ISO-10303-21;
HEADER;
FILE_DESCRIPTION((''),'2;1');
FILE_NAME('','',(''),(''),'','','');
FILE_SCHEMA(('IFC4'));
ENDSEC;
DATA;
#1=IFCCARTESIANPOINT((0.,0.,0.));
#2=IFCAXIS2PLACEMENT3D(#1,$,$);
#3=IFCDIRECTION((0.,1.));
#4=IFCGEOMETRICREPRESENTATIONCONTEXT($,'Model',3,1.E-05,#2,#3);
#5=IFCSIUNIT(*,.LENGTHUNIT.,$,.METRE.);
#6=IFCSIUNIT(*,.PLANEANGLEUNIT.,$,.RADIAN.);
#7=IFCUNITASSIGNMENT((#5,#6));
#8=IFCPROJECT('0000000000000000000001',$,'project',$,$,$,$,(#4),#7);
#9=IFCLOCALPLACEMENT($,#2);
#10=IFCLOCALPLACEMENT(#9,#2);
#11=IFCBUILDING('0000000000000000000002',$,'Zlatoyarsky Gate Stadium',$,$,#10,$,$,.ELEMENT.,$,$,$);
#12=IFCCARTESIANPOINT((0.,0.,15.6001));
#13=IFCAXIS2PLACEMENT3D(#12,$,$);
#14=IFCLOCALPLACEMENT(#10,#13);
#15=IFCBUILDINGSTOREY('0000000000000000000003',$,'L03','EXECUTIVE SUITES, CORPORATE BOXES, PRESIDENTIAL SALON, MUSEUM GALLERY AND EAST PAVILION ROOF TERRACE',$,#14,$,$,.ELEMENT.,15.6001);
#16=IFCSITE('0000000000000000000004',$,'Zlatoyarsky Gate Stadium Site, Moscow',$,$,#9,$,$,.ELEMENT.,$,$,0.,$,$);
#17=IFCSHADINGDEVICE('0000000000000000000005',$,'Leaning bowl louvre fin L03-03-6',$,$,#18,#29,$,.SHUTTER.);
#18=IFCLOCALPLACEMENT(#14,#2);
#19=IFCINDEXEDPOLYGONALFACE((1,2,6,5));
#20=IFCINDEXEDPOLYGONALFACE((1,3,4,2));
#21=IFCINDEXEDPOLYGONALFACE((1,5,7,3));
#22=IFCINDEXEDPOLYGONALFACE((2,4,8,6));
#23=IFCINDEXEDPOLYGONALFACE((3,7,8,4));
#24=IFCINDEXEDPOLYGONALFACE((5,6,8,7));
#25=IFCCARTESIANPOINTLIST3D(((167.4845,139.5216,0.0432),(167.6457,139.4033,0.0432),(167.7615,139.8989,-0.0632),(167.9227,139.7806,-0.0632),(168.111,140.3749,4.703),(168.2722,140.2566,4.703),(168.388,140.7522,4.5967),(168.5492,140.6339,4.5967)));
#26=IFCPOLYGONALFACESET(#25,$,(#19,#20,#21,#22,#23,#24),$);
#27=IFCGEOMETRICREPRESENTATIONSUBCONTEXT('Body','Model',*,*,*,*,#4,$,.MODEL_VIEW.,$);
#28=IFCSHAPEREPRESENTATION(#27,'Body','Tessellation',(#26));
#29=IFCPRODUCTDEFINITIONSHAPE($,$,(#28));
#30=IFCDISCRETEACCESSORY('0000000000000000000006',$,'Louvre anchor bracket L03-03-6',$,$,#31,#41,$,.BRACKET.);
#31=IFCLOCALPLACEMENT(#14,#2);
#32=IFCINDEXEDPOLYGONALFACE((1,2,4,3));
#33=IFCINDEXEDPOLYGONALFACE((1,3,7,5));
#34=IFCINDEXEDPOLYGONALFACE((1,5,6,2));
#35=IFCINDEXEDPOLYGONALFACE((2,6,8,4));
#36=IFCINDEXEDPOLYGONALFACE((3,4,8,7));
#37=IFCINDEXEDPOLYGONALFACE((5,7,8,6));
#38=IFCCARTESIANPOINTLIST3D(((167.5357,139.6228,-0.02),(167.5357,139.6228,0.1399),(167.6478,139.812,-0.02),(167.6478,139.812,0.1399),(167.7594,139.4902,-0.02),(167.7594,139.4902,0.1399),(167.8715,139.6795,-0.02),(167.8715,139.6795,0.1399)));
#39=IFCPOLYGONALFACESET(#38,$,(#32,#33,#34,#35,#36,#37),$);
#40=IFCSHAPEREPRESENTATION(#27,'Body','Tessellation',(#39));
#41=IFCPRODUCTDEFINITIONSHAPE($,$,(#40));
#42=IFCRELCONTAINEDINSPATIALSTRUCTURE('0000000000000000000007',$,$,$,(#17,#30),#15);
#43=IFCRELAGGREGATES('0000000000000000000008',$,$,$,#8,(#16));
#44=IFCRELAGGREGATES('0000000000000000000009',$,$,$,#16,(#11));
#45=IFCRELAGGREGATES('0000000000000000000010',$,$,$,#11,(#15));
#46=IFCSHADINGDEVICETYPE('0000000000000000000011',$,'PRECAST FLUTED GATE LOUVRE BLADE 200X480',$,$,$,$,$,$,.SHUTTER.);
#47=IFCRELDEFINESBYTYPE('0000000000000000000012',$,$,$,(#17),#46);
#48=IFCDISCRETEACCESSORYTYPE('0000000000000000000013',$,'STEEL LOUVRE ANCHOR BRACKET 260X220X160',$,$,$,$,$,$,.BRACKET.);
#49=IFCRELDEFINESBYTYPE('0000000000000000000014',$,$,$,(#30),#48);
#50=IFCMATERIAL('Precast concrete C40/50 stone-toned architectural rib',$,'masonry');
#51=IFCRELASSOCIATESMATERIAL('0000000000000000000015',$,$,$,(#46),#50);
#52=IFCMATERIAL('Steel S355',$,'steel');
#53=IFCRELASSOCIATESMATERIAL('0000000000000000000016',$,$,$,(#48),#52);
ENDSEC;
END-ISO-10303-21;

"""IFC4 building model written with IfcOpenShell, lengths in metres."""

from ifc_helpers import new_model, si_unit, direction, frame, origin, origin_2d, place, context, subcontext, project, spatial, rectangle, extrude, material, material_profile, profile_set, type_object, element, save


model = new_model("IFC4")

# Units and contexts
model_context = context("Model", 3, precision=1e-05, world=origin(), true_north=direction((0.0, 1.0)))
body_context = subcontext(model_context, "Body", "Model", "MODEL_VIEW")
ifc_project = project(units=[si_unit("LENGTHUNIT", "METRE"), si_unit("PLANEANGLEUNIT", "RADIAN")], contexts=[model_context])

# Site, building, storey
site_placement = place(None, origin())
site = spatial("IfcSite", under=ifc_project, at=site_placement, Name="Zlatoyarsky Gate Stadium Site, Moscow", CompositionType="ELEMENT", RefElevation=0.0)
building_placement = place(site_placement, origin())
building = spatial("IfcBuilding", under=site, at=building_placement, Name="Zlatoyarsky Gate Stadium", CompositionType="ELEMENT")
storey_placement = place(building_placement, frame((0.0, 0.0, 15.6001)))
storey = spatial("IfcBuildingStorey", under=building, at=storey_placement, Name="L03", Description="EXECUTIVE SUITES, CORPORATE BOXES, PRESIDENTIAL SALON, MUSEUM GALLERY AND EAST PAVILION ROOF TERRACE", CompositionType="ELEMENT", Elevation=15.6001)

# Shared definitions
ifc_material_1 = material(Name="Steel S355", Category="steel")

# Shading device
ifc_material_2 = material(Name="Precast concrete C40/50 stone-toned architectural rib", Category="masonry")
ifc_material_profile_1 = material_profile(ifc_material_2, rectangle(XDim=0.2, YDim=0.48, at=origin_2d()), Name="RIB 200X480")
ifc_profile_set_1 = profile_set([ifc_material_profile_1], Name="Precast concrete C40/50 stone-toned architectural rib")
shading_device_type = type_object("IfcShadingDeviceType", Name="PRECAST FLUTED GATE LOUVRE BLADE 200X480", PredefinedType="SHUTTER", material=ifc_profile_set_1)
shading_device_placement = place(storey_placement, frame((167.7036, 139.6511, -0.01), z_axis=(0.131097, 0.17856, 0.975156), x_axis=(-0.806075, 0.591814, 0.0)))
element("IfcShadingDevice", 1, at=shading_device_placement, inside=storey, type_object=shading_device_type, Name="Leaning bowl louvre fin L03-03-6", PredefinedType="SHUTTER", context=body_context, shape_type="SweptSolid", body=[
    extrude(rectangle(XDim=0.2, YDim=0.48, at=origin_2d()), origin(), (0.0, 0.0, 1.0), 4.7786),
])

# Discrete accessory
discrete_accessory_type = type_object("IfcDiscreteAccessoryType", Name="STEEL LOUVRE ANCHOR BRACKET 260X220X160", PredefinedType="BRACKET", material=ifc_material_1)
discrete_accessory_placement = place(storey_placement, frame((167.7036, 139.6511, -0.02), z_axis=(0.0, 0.0, 1.0), x_axis=(-0.860285, 0.509814, 0.0)))
element("IfcDiscreteAccessory", 2, at=discrete_accessory_placement, inside=storey, type_object=discrete_accessory_type, Name="Louvre anchor bracket L03-03-6", PredefinedType="BRACKET", context=body_context, shape_type="SweptSolid", body=[
    extrude(rectangle(XDim=0.26, YDim=0.22, at=origin_2d()), origin(), (0.0, 0.0, 1.0), 0.1599),
])

save(model, "model.ifc")
